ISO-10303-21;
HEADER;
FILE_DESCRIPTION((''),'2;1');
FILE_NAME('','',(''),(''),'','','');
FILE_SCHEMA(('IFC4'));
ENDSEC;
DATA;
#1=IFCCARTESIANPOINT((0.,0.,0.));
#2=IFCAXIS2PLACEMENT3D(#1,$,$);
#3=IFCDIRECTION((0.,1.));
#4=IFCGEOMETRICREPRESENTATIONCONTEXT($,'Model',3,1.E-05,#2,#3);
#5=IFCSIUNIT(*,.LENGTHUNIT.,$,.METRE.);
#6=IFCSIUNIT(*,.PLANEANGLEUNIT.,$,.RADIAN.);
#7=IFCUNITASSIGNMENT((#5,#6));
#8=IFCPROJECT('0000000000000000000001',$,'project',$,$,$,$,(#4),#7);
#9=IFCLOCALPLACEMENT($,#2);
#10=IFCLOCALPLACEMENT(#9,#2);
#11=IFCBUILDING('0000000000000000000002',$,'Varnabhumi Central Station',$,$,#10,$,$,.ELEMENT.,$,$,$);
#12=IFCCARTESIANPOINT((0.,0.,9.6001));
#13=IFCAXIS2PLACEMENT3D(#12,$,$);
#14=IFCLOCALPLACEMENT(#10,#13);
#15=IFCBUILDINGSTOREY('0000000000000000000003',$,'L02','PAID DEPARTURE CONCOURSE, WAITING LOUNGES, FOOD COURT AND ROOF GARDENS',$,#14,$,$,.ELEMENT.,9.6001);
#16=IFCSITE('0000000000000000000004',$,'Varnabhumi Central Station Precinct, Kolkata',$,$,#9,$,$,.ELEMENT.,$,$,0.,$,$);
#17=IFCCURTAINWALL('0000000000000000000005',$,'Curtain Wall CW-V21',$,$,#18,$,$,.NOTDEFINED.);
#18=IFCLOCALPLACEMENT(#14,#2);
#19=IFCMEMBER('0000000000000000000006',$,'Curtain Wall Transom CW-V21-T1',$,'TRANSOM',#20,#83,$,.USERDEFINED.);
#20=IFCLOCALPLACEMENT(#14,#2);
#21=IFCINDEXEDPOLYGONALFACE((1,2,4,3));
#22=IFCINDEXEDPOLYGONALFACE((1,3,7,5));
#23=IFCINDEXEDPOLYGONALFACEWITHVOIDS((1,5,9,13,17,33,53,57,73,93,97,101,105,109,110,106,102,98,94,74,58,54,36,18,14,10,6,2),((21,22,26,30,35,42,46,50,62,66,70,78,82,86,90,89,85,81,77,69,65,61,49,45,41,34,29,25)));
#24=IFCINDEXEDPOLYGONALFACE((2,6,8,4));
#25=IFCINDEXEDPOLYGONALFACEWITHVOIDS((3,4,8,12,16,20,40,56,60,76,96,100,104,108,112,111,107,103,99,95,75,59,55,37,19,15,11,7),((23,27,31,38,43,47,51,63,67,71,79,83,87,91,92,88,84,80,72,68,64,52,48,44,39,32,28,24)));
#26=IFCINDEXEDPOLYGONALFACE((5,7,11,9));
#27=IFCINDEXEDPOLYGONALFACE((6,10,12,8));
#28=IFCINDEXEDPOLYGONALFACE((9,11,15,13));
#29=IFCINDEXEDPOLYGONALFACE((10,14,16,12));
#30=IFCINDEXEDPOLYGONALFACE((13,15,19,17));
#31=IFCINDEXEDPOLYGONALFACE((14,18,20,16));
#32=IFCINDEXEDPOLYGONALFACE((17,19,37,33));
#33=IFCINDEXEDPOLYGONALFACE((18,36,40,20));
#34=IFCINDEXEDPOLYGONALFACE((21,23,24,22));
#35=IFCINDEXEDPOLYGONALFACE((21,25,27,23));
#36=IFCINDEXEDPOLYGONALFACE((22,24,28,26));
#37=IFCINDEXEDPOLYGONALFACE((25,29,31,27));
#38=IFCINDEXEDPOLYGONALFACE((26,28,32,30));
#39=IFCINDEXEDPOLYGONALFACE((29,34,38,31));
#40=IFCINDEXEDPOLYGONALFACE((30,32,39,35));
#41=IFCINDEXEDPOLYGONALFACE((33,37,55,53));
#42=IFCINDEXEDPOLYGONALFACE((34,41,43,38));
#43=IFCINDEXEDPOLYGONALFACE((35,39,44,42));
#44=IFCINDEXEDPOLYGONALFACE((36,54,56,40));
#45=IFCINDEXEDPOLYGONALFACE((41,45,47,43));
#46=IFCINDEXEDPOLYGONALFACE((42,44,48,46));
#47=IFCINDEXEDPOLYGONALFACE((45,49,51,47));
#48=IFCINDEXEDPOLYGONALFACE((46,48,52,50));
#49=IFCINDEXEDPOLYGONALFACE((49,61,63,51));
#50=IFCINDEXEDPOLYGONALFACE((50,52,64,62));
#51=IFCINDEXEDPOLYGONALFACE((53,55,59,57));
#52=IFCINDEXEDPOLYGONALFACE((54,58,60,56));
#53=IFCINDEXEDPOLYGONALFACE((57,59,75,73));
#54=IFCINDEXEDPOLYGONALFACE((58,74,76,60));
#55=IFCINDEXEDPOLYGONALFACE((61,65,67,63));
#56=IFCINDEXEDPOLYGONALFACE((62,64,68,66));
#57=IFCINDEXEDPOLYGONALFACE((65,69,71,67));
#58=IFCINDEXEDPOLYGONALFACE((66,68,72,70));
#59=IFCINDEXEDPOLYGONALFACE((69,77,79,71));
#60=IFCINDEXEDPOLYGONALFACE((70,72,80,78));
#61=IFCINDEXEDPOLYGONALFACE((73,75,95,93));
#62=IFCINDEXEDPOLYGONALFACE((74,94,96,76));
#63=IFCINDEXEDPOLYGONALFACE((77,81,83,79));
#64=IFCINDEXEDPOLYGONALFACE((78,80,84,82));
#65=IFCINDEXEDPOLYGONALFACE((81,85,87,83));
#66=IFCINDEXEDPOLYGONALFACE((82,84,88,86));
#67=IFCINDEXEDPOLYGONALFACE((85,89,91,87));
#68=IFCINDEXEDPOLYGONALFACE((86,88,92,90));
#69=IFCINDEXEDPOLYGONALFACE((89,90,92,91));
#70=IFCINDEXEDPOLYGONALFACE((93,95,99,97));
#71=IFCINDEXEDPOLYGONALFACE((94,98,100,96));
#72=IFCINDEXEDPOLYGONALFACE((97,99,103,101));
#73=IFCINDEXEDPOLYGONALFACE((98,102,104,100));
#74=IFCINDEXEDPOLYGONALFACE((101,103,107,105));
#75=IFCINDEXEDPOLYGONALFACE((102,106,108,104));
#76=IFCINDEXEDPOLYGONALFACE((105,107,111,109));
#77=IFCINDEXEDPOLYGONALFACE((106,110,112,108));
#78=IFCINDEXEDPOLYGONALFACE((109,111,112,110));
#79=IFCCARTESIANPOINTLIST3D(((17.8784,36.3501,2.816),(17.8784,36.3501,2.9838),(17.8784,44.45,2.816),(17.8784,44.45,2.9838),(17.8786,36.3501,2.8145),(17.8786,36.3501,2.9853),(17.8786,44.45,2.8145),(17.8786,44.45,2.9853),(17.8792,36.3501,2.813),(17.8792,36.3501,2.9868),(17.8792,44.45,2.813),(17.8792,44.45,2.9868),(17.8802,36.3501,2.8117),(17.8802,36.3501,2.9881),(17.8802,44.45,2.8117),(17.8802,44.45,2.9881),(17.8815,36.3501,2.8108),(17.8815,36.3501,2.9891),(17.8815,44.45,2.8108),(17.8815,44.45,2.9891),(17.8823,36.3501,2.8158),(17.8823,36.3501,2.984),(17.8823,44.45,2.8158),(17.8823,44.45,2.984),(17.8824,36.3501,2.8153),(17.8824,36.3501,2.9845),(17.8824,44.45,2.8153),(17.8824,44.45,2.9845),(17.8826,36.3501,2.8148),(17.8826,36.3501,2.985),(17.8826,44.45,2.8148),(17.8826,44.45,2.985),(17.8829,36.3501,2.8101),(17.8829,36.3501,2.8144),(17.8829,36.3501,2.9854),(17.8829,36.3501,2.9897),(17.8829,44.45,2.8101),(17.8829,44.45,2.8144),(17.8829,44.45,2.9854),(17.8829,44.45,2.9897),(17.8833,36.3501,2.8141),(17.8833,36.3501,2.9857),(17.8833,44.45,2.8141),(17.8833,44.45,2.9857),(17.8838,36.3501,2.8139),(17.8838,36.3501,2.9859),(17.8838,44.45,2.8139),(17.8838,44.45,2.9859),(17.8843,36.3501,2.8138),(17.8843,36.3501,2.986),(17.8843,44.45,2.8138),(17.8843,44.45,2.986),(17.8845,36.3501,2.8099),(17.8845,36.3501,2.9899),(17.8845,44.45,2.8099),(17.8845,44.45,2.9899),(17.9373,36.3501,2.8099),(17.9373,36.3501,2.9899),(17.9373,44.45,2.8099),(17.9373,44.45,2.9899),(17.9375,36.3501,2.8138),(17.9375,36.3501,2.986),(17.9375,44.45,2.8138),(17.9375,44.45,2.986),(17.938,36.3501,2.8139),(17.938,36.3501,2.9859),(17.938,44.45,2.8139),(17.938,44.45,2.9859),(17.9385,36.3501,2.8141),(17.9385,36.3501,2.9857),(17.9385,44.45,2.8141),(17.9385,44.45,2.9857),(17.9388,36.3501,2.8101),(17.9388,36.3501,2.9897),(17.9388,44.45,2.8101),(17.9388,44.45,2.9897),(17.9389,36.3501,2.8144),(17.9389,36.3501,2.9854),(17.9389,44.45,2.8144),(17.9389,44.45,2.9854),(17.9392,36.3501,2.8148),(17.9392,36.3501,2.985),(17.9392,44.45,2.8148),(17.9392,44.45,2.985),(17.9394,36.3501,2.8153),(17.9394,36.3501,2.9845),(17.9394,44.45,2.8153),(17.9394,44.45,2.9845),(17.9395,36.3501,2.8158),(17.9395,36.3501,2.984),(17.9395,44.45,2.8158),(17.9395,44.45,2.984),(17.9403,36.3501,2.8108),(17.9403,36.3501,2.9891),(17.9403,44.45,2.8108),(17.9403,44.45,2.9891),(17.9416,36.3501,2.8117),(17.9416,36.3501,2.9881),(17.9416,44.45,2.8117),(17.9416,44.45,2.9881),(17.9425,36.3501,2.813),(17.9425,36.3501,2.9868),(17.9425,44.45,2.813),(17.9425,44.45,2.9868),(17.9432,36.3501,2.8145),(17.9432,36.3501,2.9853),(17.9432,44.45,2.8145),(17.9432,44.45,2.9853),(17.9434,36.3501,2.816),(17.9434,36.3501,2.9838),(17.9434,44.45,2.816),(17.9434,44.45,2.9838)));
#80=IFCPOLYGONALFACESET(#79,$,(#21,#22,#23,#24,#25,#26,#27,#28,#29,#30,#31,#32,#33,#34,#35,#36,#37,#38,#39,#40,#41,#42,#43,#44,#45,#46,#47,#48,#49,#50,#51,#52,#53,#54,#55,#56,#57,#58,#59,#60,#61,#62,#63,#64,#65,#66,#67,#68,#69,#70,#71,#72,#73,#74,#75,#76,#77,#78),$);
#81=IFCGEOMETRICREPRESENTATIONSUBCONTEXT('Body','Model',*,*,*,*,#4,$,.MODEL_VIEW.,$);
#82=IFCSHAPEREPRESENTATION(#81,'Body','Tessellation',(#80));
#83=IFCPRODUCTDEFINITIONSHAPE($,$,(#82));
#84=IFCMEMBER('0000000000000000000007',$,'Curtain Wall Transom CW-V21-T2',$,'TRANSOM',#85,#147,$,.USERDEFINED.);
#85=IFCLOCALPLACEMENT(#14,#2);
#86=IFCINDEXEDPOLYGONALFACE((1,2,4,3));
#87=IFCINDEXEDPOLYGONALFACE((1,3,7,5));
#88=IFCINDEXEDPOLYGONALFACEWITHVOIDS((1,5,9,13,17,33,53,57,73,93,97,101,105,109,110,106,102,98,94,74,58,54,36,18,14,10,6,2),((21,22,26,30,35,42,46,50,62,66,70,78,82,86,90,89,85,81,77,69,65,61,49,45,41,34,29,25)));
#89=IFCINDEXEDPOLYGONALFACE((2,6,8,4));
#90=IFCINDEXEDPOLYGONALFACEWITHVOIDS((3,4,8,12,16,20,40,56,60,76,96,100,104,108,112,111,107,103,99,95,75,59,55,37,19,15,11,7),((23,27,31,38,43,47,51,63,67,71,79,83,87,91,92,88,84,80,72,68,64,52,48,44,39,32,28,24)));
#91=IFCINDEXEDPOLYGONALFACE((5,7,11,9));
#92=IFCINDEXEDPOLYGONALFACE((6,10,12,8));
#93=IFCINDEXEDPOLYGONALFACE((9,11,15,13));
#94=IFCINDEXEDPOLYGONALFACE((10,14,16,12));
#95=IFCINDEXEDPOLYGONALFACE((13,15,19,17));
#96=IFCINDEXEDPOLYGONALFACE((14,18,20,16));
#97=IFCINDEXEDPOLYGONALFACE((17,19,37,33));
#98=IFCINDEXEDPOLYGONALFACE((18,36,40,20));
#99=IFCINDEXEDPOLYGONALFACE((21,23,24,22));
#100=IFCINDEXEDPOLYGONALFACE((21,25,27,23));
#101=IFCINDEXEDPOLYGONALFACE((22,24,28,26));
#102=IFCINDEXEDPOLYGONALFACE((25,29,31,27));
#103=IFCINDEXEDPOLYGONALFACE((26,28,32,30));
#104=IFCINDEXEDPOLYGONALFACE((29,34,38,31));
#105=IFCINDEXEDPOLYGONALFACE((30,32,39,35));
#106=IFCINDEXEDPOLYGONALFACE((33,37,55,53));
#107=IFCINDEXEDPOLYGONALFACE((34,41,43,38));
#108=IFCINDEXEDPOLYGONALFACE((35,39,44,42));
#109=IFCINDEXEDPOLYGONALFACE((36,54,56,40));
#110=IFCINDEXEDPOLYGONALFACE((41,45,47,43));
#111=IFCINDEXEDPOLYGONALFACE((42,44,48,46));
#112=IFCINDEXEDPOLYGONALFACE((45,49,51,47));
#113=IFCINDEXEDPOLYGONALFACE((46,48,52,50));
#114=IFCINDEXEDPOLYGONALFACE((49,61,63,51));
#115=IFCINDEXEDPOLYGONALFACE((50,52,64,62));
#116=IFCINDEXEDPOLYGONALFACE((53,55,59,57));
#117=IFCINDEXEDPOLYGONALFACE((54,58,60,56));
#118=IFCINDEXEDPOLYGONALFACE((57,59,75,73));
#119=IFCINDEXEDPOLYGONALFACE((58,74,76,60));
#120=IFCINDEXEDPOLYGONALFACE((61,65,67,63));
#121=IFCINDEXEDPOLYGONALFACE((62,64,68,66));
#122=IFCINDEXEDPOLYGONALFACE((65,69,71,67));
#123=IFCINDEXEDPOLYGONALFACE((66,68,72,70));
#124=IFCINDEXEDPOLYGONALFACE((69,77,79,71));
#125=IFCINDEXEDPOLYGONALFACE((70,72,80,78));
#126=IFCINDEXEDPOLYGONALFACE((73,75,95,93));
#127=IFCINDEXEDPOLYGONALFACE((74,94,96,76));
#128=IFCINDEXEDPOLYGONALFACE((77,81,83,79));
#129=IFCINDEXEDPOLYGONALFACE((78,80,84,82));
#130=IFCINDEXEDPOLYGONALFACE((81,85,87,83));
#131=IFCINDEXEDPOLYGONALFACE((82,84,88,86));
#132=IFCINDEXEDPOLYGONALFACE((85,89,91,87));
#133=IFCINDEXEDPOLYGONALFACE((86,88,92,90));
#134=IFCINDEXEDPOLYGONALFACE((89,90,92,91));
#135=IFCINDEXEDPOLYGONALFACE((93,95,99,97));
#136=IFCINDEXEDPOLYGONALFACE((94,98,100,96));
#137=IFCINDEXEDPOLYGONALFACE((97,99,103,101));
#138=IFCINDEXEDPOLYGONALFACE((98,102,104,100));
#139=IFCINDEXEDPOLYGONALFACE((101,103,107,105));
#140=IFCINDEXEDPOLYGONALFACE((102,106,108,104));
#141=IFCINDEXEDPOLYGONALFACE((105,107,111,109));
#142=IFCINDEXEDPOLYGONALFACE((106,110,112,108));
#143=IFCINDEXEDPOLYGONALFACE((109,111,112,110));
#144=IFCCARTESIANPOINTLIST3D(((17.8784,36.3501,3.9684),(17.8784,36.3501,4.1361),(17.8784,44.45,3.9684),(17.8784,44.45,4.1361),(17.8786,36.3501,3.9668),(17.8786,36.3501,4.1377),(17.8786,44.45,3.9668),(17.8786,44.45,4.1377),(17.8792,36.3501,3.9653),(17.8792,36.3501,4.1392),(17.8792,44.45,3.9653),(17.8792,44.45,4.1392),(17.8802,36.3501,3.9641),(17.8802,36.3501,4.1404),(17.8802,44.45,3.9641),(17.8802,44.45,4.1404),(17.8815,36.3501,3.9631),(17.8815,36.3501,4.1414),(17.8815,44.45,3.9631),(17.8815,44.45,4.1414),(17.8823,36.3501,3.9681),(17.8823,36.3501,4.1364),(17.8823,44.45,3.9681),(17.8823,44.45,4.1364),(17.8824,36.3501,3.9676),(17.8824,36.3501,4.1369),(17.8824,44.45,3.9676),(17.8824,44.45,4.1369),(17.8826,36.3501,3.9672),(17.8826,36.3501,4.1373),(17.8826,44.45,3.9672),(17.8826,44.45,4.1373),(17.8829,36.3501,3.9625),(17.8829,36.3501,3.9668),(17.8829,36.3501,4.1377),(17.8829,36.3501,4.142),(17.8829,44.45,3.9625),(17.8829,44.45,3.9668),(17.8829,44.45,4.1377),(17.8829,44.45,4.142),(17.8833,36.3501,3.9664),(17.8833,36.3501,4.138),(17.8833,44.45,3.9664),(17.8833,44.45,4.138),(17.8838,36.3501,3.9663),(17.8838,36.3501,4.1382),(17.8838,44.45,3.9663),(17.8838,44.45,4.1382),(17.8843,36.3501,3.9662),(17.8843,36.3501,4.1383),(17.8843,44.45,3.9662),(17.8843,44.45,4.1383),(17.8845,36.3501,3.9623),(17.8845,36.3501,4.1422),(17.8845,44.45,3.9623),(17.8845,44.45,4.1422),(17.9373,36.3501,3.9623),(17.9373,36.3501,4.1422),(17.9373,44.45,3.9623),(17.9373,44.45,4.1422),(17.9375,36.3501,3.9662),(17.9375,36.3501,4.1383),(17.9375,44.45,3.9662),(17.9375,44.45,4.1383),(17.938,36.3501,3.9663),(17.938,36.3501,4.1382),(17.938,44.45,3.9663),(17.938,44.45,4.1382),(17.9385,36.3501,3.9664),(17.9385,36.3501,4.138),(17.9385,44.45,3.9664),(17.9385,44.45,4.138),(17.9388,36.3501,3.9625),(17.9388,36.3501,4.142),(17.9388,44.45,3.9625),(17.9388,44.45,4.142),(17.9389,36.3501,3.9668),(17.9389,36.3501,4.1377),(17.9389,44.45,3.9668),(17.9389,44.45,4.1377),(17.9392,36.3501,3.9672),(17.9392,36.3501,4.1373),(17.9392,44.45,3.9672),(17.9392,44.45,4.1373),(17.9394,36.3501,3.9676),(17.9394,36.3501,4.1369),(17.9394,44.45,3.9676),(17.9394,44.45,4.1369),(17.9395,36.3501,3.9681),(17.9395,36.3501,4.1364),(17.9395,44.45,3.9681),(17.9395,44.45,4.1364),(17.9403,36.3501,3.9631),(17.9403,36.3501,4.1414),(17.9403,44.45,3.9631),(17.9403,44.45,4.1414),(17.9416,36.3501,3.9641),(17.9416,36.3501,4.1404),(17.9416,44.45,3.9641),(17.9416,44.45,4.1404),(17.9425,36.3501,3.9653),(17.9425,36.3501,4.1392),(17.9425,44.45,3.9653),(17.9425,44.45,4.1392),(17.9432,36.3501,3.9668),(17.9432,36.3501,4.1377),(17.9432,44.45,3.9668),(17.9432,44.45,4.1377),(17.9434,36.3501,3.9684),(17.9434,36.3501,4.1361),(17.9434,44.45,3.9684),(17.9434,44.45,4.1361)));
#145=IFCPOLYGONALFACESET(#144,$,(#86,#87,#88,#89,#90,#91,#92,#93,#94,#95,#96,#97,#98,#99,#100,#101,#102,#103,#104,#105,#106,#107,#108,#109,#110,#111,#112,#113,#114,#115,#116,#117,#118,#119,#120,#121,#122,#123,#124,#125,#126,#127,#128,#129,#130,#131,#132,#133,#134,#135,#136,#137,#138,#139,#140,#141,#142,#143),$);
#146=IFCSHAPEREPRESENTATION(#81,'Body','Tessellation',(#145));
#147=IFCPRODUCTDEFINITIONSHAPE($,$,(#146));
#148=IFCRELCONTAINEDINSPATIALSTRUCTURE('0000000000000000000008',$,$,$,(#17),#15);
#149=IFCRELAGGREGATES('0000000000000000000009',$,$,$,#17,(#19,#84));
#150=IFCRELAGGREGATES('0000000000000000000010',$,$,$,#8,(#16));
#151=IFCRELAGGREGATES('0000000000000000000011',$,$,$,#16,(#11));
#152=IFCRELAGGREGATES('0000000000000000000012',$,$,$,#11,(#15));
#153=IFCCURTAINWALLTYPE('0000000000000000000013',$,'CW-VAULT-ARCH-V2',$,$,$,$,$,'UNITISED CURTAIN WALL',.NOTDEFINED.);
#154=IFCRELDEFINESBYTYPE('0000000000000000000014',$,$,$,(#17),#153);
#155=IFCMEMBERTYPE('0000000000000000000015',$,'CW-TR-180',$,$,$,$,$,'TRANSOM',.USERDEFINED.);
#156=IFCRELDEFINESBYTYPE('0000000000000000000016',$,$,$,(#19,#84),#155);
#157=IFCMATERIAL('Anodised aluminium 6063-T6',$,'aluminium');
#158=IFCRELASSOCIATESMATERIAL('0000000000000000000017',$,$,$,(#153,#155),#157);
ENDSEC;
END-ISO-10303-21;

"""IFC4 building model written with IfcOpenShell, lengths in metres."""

from ifc_helpers import new_model, si_unit, direction, frame, origin, origin_2d, place, context, subcontext, project, spatial, hollow_rectangle, extrude, material, material_profile, profile_set, type_object, element, aggregate, save


model = new_model("IFC4")

# Units and contexts
model_context = context("Model", 3, precision=1e-05, world=origin(), true_north=direction((0.0, 1.0)))
body_context = subcontext(model_context, "Body", "Model", "MODEL_VIEW")
ifc_project = project(units=[si_unit("LENGTHUNIT", "METRE"), si_unit("PLANEANGLEUNIT", "RADIAN")], contexts=[model_context])

# Site, building, storey
site_placement = place(None, origin())
site = spatial("IfcSite", under=ifc_project, at=site_placement, Name="Varnabhumi Central Station Precinct, Kolkata", CompositionType="ELEMENT", RefElevation=0.0)
building_placement = place(site_placement, origin())
building = spatial("IfcBuilding", under=site, at=building_placement, Name="Varnabhumi Central Station", CompositionType="ELEMENT")
storey_placement = place(building_placement, frame((0.0, 0.0, 9.6001)))
storey = spatial("IfcBuildingStorey", under=building, at=storey_placement, Name="L02", Description="PAID DEPARTURE CONCOURSE, WAITING LOUNGES, FOOD COURT AND ROOF GARDENS", CompositionType="ELEMENT", Elevation=9.6001)

# Curtain wall, members
ifc_material_1 = material(Name="Anodised aluminium 6063-T6", Category="aluminium")
curtain_wall_type = type_object("IfcCurtainWallType", Name="CW-VAULT-ARCH-V2", ElementType="UNITISED CURTAIN WALL", PredefinedType="NOTDEFINED", material=ifc_material_1)
curtain_wall_placement = place(storey_placement, origin())
curtain_wall = element("IfcCurtainWall", 1, at=curtain_wall_placement, inside=storey, type_object=curtain_wall_type, Name="Curtain Wall CW-V21", PredefinedType="NOTDEFINED")
ifc_material_profile_1 = material_profile(ifc_material_1, hollow_rectangle(XDim=0.0649, YDim=0.1799, WallThickness=0.0039, InnerFilletRadius=0.002, OuterFilletRadius=0.0061, at=origin_2d()), Name="Anodised aluminium 6063-T6", Category="aluminium")
ifc_profile_set_1 = profile_set([ifc_material_profile_1], Name="Anodised aluminium 6063-T6")
member_type_1 = type_object("IfcMemberType", Name="CW-TR-180", ElementType="TRANSOM", PredefinedType="USERDEFINED", material=ifc_profile_set_1)
member_1_placement = place(storey_placement, frame((17.9109, 36.3501, 2.8999), z_axis=(0.0, 1.0, 0.0), x_axis=(-1.0, 0.0, 0.0)))
member_1 = element("IfcMember", 2, at=member_1_placement, type_object=member_type_1, Name="Curtain Wall Transom CW-V21-T1", ObjectType="TRANSOM", PredefinedType="USERDEFINED", context=body_context, shape_type="SweptSolid", body=[
    extrude(hollow_rectangle(XDim=0.0649, YDim=0.1799, WallThickness=0.0039, InnerFilletRadius=0.002, OuterFilletRadius=0.0061, at=origin_2d()), origin(), (0.0, 0.0, 1.0), 8.0999),
])
member_2_placement = place(storey_placement, frame((17.9109, 36.3501, 4.0522), z_axis=(0.0, 1.0, 0.0), x_axis=(-1.0, 0.0, 0.0)))
member_2 = element("IfcMember", 3, at=member_2_placement, type_object=member_type_1, Name="Curtain Wall Transom CW-V21-T2", ObjectType="TRANSOM", PredefinedType="USERDEFINED", context=body_context, shape_type="SweptSolid", body=[
    extrude(hollow_rectangle(XDim=0.0649, YDim=0.1799, WallThickness=0.0039, InnerFilletRadius=0.002, OuterFilletRadius=0.0061, at=origin_2d()), origin(), (0.0, 0.0, 1.0), 8.0999),
])

aggregate(curtain_wall, [member_1, member_2])

save(model, "model.ifc")
